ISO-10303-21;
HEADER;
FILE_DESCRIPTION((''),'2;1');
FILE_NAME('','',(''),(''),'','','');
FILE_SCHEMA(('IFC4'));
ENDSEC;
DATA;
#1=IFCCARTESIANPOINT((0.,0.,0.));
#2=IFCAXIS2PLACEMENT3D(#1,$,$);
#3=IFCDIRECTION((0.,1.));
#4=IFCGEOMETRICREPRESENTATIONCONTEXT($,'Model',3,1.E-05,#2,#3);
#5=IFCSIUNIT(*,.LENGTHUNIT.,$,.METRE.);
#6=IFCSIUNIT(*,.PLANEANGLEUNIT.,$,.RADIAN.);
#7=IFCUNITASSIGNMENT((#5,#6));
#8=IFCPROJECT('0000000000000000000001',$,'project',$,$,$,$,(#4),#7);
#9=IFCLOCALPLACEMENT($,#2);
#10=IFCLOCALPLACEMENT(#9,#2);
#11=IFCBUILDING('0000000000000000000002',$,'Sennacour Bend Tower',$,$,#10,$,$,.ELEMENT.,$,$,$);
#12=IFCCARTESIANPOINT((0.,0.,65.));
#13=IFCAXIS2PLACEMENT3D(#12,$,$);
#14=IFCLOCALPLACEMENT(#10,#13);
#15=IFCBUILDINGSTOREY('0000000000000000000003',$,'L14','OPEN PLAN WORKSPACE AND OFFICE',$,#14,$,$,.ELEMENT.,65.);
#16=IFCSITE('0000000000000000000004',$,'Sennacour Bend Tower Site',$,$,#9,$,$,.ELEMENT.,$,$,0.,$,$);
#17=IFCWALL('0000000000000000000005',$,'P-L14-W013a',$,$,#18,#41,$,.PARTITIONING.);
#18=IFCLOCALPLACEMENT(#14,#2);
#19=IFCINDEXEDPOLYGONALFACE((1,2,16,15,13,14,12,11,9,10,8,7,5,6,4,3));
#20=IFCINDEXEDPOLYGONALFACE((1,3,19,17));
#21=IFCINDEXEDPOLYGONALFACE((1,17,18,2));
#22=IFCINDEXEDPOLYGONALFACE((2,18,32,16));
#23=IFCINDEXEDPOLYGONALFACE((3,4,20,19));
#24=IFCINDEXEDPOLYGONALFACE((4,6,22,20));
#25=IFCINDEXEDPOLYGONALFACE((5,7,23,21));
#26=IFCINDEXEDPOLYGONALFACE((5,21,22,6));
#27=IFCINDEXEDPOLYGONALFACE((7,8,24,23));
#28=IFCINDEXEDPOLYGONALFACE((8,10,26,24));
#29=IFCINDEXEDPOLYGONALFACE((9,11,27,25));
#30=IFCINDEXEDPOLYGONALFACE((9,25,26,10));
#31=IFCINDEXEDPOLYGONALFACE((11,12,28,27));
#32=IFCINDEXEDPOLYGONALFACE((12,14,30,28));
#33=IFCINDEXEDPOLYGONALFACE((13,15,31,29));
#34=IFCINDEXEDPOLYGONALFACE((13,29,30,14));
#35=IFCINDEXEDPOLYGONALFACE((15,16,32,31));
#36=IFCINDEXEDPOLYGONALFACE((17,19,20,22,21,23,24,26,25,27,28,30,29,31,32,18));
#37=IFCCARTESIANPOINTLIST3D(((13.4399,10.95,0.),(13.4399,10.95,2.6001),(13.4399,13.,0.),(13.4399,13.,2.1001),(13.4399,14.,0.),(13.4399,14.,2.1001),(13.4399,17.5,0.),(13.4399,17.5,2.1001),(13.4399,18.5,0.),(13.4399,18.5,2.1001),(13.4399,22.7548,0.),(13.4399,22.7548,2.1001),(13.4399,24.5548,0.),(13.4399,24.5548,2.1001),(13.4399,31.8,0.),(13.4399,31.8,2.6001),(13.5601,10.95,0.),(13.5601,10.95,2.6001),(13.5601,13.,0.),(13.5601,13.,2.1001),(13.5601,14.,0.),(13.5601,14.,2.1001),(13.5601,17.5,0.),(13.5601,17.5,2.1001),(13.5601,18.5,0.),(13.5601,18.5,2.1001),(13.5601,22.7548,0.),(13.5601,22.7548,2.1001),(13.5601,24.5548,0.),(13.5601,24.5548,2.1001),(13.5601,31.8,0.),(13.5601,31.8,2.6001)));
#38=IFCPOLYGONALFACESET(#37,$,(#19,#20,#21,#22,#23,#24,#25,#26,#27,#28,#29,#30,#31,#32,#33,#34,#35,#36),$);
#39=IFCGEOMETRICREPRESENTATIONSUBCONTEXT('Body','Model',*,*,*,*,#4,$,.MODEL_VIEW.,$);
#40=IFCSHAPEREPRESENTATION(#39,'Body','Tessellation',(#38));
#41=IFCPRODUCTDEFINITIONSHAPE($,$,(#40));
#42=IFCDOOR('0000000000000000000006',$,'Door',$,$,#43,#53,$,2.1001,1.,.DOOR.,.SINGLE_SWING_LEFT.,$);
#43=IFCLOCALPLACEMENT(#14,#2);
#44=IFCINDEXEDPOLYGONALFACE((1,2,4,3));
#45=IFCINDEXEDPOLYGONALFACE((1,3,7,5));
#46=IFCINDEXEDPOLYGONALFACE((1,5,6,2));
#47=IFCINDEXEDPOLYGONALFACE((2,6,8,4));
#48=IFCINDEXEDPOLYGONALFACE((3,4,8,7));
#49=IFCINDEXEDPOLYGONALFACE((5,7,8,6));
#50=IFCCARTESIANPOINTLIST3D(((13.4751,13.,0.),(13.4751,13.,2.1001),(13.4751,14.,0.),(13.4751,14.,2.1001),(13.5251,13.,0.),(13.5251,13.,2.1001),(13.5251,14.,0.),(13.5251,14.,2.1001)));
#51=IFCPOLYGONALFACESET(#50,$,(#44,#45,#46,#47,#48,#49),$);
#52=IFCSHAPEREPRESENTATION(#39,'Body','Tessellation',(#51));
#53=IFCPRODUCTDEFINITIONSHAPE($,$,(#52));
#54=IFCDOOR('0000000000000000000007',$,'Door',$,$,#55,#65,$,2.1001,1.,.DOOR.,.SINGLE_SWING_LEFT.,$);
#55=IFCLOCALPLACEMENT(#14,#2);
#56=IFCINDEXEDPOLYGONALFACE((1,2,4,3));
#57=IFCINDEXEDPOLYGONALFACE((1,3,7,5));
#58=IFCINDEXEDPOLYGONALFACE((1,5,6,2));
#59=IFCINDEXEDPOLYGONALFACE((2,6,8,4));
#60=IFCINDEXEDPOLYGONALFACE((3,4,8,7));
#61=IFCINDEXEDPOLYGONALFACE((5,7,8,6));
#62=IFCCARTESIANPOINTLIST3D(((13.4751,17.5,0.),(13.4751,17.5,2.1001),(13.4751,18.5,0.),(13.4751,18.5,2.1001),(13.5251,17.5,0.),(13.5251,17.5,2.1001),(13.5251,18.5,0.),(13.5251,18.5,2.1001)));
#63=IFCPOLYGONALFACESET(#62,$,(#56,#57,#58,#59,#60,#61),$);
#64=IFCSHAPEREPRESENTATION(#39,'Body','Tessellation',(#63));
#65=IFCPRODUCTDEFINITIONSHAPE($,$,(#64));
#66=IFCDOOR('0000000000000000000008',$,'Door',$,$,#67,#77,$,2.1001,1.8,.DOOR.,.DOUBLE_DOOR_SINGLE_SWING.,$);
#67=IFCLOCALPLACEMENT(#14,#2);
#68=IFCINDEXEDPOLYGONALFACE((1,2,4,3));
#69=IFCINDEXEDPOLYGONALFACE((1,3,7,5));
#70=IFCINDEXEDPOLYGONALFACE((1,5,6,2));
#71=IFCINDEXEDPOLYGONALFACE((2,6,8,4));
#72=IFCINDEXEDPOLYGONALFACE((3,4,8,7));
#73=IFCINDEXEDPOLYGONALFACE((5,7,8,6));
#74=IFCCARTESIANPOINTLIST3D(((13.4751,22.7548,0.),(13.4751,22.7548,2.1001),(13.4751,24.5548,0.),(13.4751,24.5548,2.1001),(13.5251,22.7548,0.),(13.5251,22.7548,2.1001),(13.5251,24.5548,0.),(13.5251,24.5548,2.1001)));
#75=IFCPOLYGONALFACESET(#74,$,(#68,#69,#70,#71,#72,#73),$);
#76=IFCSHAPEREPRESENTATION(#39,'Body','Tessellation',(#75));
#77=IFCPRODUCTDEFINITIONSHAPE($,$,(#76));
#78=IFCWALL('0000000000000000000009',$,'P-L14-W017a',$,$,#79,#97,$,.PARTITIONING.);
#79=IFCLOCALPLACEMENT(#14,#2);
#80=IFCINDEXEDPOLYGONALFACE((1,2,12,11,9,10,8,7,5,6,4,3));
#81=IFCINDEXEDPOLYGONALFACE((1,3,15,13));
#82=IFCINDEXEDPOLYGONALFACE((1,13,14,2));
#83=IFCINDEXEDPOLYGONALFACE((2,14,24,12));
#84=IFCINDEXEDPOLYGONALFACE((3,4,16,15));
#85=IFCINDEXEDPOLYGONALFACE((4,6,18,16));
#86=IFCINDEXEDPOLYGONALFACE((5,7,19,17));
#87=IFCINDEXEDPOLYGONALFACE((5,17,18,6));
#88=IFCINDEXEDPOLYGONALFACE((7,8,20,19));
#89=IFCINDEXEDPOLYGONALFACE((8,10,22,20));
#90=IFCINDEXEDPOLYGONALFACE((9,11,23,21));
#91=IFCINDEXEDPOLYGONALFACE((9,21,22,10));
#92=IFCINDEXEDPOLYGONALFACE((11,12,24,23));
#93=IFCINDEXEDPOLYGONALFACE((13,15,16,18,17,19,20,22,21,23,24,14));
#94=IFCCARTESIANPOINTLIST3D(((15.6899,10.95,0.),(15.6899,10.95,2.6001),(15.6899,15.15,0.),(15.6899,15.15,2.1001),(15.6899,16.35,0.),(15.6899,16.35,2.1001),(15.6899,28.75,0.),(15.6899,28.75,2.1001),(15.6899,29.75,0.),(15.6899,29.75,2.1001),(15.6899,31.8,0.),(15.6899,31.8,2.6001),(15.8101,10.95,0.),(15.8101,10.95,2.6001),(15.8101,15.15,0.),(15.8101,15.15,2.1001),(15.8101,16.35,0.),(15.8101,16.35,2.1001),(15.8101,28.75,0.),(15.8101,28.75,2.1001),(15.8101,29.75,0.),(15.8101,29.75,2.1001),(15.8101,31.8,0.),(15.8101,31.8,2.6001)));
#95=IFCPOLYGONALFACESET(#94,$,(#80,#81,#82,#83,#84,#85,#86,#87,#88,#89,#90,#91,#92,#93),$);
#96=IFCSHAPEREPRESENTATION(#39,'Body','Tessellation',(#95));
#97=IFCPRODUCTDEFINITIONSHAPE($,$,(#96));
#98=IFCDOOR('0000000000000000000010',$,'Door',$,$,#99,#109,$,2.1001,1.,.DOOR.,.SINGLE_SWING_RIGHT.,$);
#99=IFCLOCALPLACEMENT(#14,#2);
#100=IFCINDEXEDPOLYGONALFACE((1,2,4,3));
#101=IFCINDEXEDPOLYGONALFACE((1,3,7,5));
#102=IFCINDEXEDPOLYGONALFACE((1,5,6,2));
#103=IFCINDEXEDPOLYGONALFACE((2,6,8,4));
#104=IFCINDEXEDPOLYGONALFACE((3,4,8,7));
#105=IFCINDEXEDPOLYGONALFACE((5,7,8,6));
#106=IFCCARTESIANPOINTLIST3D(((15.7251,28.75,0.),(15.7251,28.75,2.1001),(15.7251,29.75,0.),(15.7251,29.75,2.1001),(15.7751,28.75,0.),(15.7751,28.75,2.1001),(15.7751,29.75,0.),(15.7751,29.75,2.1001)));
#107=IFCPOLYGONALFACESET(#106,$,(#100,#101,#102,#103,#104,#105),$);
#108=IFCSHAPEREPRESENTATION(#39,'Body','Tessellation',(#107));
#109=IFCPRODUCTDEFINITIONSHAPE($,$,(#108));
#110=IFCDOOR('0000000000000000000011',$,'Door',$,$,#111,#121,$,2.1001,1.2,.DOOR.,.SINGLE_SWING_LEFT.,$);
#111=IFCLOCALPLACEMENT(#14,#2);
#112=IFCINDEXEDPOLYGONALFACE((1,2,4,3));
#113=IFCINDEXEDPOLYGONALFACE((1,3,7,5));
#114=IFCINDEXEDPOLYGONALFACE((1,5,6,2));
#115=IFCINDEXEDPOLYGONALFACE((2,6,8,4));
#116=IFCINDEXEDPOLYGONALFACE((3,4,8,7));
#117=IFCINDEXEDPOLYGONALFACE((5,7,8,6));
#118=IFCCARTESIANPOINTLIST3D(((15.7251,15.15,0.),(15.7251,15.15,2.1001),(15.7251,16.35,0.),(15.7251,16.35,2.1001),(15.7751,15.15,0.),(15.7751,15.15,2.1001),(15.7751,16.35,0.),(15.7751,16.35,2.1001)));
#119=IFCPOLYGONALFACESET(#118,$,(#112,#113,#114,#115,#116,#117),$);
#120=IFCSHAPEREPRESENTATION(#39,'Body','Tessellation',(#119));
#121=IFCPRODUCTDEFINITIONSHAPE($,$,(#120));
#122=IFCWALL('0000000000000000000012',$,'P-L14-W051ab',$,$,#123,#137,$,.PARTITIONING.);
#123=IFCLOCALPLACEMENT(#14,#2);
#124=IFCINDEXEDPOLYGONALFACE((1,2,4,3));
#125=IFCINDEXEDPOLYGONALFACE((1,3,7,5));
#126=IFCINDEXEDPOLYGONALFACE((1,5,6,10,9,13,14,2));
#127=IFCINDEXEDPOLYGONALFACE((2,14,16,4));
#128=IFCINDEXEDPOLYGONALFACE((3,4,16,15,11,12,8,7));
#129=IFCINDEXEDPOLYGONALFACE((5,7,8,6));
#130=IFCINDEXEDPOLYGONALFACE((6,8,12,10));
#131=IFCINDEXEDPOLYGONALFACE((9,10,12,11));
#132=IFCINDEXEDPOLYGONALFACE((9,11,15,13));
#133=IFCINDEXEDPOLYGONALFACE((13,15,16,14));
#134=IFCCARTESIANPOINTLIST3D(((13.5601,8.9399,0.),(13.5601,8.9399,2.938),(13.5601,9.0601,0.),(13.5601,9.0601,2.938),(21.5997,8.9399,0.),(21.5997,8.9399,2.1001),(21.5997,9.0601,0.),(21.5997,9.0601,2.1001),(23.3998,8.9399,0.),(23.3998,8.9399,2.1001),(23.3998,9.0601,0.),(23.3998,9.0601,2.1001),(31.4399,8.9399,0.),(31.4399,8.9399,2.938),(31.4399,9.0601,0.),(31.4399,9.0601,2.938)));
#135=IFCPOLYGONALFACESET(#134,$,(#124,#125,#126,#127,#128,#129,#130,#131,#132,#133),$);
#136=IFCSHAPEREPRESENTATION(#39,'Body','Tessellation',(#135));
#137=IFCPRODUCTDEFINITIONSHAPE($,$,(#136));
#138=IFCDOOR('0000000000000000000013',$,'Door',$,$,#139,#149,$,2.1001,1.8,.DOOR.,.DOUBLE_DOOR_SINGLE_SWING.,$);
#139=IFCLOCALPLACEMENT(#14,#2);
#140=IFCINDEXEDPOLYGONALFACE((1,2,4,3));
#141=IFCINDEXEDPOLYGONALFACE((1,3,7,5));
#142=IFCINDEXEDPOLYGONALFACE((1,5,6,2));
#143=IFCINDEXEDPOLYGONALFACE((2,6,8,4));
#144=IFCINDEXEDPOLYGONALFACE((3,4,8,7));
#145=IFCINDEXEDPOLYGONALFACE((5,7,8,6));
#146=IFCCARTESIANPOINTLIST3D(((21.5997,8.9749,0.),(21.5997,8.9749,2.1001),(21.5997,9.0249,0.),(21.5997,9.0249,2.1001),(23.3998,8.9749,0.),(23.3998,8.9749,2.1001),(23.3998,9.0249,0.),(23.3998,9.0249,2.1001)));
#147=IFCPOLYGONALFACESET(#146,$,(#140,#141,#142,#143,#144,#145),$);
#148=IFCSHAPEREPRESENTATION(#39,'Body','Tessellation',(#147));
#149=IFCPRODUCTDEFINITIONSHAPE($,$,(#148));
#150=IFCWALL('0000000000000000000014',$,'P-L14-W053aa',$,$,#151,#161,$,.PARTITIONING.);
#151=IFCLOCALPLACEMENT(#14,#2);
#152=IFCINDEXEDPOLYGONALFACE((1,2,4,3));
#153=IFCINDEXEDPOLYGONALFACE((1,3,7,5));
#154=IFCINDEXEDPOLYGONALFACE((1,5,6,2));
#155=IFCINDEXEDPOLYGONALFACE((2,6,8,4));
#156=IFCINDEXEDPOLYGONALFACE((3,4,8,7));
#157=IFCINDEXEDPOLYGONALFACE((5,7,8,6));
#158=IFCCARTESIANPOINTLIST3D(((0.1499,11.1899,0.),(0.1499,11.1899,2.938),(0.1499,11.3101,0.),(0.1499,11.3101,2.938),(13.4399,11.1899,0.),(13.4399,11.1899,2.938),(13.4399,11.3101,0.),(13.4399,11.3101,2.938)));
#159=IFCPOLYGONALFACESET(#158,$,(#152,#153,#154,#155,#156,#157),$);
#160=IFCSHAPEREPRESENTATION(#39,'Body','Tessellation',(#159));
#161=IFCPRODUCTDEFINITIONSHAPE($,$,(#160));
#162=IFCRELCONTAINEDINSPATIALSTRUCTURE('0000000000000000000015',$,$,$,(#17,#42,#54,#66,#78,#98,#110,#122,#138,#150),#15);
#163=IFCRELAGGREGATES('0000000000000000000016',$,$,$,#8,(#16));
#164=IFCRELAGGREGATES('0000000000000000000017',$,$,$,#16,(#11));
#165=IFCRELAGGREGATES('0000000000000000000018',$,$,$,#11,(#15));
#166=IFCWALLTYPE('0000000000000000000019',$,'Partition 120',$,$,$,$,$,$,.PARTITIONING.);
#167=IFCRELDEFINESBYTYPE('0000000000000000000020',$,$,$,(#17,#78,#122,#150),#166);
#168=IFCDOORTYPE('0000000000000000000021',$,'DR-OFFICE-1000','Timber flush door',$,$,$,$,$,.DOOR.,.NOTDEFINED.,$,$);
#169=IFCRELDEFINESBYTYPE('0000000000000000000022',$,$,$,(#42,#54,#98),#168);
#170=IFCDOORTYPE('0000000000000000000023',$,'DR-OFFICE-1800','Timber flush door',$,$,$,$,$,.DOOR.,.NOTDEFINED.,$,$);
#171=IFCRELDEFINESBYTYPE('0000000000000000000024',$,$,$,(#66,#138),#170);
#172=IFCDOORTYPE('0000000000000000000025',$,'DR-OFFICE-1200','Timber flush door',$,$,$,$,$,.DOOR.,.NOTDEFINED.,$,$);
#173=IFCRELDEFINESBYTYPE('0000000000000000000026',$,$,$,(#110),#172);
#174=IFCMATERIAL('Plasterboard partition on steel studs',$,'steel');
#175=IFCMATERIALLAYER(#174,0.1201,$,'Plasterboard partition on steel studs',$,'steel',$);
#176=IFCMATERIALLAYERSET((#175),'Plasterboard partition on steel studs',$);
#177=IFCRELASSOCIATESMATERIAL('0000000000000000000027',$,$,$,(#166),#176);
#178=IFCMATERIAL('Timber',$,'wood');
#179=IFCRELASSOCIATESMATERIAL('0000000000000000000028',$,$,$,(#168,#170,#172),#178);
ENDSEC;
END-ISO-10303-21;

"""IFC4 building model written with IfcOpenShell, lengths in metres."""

from ifc_helpers import new_model, si_unit, direction, frame, frame_2d, origin, place, context, subcontext, project, spatial, rectangle, extrude, material, layer, layer_set, type_object, element, fill, save


model = new_model("IFC4")

# Units and contexts
model_context = context("Model", 3, precision=1e-05, world=origin(), true_north=direction((0.0, 1.0)))
body_context = subcontext(model_context, "Body", "Model", "MODEL_VIEW")
ifc_project = project(units=[si_unit("LENGTHUNIT", "METRE"), si_unit("PLANEANGLEUNIT", "RADIAN")], contexts=[model_context])

# Site, building, storey
site_placement = place(None, origin())
site = spatial("IfcSite", under=ifc_project, at=site_placement, Name="Sennacour Bend Tower Site", CompositionType="ELEMENT", RefElevation=0.0)
building_placement = place(site_placement, origin())
building = spatial("IfcBuilding", under=site, at=building_placement, Name="Sennacour Bend Tower", CompositionType="ELEMENT")
storey_placement = place(building_placement, frame((0.0, 0.0, 65.0)))
storey = spatial("IfcBuildingStorey", under=building, at=storey_placement, Name="L14", Description="OPEN PLAN WORKSPACE AND OFFICE", CompositionType="ELEMENT", Elevation=65.0)

# Walls, openings, doors
ifc_material_1 = material(Name="Plasterboard partition on steel studs", Category="steel")
ifc_layer_1 = layer(ifc_material_1, 0.1201, Name="Plasterboard partition on steel studs", Category="steel")
ifc_layer_set_1 = layer_set([ifc_layer_1], Name="Plasterboard partition on steel studs")
wall_type_1 = type_object("IfcWallType", Name="Partition 120", PredefinedType="PARTITIONING", material=ifc_layer_set_1)
wall_1_placement = place(storey_placement, frame((13.5, 10.95, 0.0), z_axis=(0.0, 0.0, 1.0), x_axis=(0.0, 1.0, 0.0)))
wall_1 = element("IfcWall", 1, at=wall_1_placement, inside=storey, type_object=wall_type_1, Name="P-L14-W013a", PredefinedType="PARTITIONING", context=body_context, shape_type="SweptSolid", body=[
    extrude(rectangle(XDim=20.8501, YDim=0.1201, at=frame_2d((10.425, 0.0))), origin(), (0.0, 0.0, 1.0), 2.6001),
])
opening_1_placement = place(wall_1_placement, frame((2.05, 0.0, 0.0)))
opening_1 = element("IfcOpeningElement", 2, at=opening_1_placement, cuts=wall_1, PredefinedType="OPENING", context=body_context, shape_type="SweptSolid", body=[
    extrude(rectangle(XDim=1.0, YDim=2.1001, at=frame_2d((0.5, 1.05))), frame((0.0, 0.0701, 0.0), z_axis=(0.0, -1.0, 0.0), x_axis=(1.0, 0.0, 0.0)), (0.0, 0.0, 1.0), 0.1401),
])
opening_2_placement = place(wall_1_placement, frame((6.55, 0.0, 0.0)))
opening_2 = element("IfcOpeningElement", 3, at=opening_2_placement, cuts=wall_1, PredefinedType="OPENING", context=body_context, shape_type="SweptSolid", body=[
    extrude(rectangle(XDim=1.0, YDim=2.1001, at=frame_2d((0.5, 1.05))), frame((0.0, 0.0701, 0.0), z_axis=(0.0, -1.0, 0.0), x_axis=(1.0, 0.0, 0.0)), (0.0, 0.0, 1.0), 0.1401),
])
opening_3_placement = place(wall_1_placement, frame((11.8049, 0.0, 0.0)))
opening_3 = element("IfcOpeningElement", 4, at=opening_3_placement, cuts=wall_1, PredefinedType="OPENING", context=body_context, shape_type="SweptSolid", body=[
    extrude(rectangle(XDim=1.8, YDim=2.1001, at=frame_2d((0.8999, 1.05))), frame((0.0, 0.0701, 0.0), z_axis=(0.0, -1.0, 0.0), x_axis=(1.0, 0.0, 0.0)), (0.0, 0.0, 1.0), 0.1401),
])
ifc_material_2 = material(Name="Timber", Category="wood")
door_type_1 = type_object("IfcDoorType", Name="DR-OFFICE-1000", Description="Timber flush door", OperationType="NOTDEFINED", PredefinedType="DOOR", material=ifc_material_2)
door_1_placement = place(opening_1_placement, origin())
door_1 = element("IfcDoor", 5, at=door_1_placement, inside=storey, type_object=door_type_1, Name="Door", OperationType="SINGLE_SWING_LEFT", OverallHeight=2.1001, OverallWidth=1.0, PredefinedType="DOOR", context=body_context, shape_type="SweptSolid", body=[
    extrude(rectangle(XDim=1.0, YDim=2.1001, at=frame_2d((0.5, 1.05))), frame((0.0, 0.0249, 0.0), z_axis=(0.0, -1.0, 0.0), x_axis=(1.0, 0.0, 0.0)), (0.0, 0.0, 1.0), 0.05),
])
fill(opening_1, door_1)
door_2_placement = place(opening_2_placement, origin())
door_2 = element("IfcDoor", 6, at=door_2_placement, inside=storey, type_object=door_type_1, Name="Door", OperationType="SINGLE_SWING_LEFT", OverallHeight=2.1001, OverallWidth=1.0, PredefinedType="DOOR", context=body_context, shape_type="SweptSolid", body=[
    extrude(rectangle(XDim=1.0, YDim=2.1001, at=frame_2d((0.5, 1.05))), frame((0.0, 0.0249, 0.0), z_axis=(0.0, -1.0, 0.0), x_axis=(1.0, 0.0, 0.0)), (0.0, 0.0, 1.0), 0.05),
])
fill(opening_2, door_2)
door_type_2 = type_object("IfcDoorType", Name="DR-OFFICE-1800", Description="Timber flush door", OperationType="NOTDEFINED", PredefinedType="DOOR", material=ifc_material_2)
door_3_placement = place(opening_3_placement, origin())
door_3 = element("IfcDoor", 7, at=door_3_placement, inside=storey, type_object=door_type_2, Name="Door", OperationType="DOUBLE_DOOR_SINGLE_SWING", OverallHeight=2.1001, OverallWidth=1.8, PredefinedType="DOOR", context=body_context, shape_type="SweptSolid", body=[
    extrude(rectangle(XDim=1.8, YDim=2.1001, at=frame_2d((0.8999, 1.05))), frame((0.0, 0.0249, 0.0), z_axis=(0.0, -1.0, 0.0), x_axis=(1.0, 0.0, 0.0)), (0.0, 0.0, 1.0), 0.05),
])
fill(opening_3, door_3)
wall_2_placement = place(storey_placement, frame((15.75, 10.95, 0.0), z_axis=(0.0, 0.0, 1.0), x_axis=(0.0, 1.0, 0.0)))
wall_2 = element("IfcWall", 8, at=wall_2_placement, inside=storey, type_object=wall_type_1, Name="P-L14-W017a", PredefinedType="PARTITIONING", context=body_context, shape_type="SweptSolid", body=[
    extrude(rectangle(XDim=20.8501, YDim=0.1201, at=frame_2d((10.425, 0.0))), origin(), (0.0, 0.0, 1.0), 2.6001),
])
opening_4_placement = place(wall_2_placement, frame((17.8, 0.0, 0.0)))
opening_4 = element("IfcOpeningElement", 9, at=opening_4_placement, cuts=wall_2, PredefinedType="OPENING", context=body_context, shape_type="SweptSolid", body=[
    extrude(rectangle(XDim=1.0, YDim=2.1001, at=frame_2d((0.5, 1.05))), frame((0.0, 0.0701, 0.0), z_axis=(0.0, -1.0, 0.0), x_axis=(1.0, 0.0, 0.0)), (0.0, 0.0, 1.0), 0.1401),
])
opening_5_placement = place(wall_2_placement, frame((4.2, 0.0, 0.0)))
opening_5 = element("IfcOpeningElement", 10, at=opening_5_placement, cuts=wall_2, PredefinedType="OPENING", context=body_context, shape_type="SweptSolid", body=[
    extrude(rectangle(XDim=1.2, YDim=2.1001, at=frame_2d((0.6001, 1.05))), frame((0.0, 0.0701, 0.0), z_axis=(0.0, -1.0, 0.0), x_axis=(1.0, 0.0, 0.0)), (0.0, 0.0, 1.0), 0.1401),
])
door_4_placement = place(opening_4_placement, origin())
door_4 = element("IfcDoor", 11, at=door_4_placement, inside=storey, type_object=door_type_1, Name="Door", OperationType="SINGLE_SWING_RIGHT", OverallHeight=2.1001, OverallWidth=1.0, PredefinedType="DOOR", context=body_context, shape_type="SweptSolid", body=[
    extrude(rectangle(XDim=1.0, YDim=2.1001, at=frame_2d((0.5, 1.05))), frame((0.0, 0.0249, 0.0), z_axis=(0.0, -1.0, 0.0), x_axis=(1.0, 0.0, 0.0)), (0.0, 0.0, 1.0), 0.05),
])
fill(opening_4, door_4)
door_type_3 = type_object("IfcDoorType", Name="DR-OFFICE-1200", Description="Timber flush door", OperationType="NOTDEFINED", PredefinedType="DOOR", material=ifc_material_2)
door_5_placement = place(opening_5_placement, origin())
door_5 = element("IfcDoor", 12, at=door_5_placement, inside=storey, type_object=door_type_3, Name="Door", OperationType="SINGLE_SWING_LEFT", OverallHeight=2.1001, OverallWidth=1.2, PredefinedType="DOOR", context=body_context, shape_type="SweptSolid", body=[
    extrude(rectangle(XDim=1.2, YDim=2.1001, at=frame_2d((0.6001, 1.05))), frame((0.0, 0.0249, 0.0), z_axis=(0.0, -1.0, 0.0), x_axis=(1.0, 0.0, 0.0)), (0.0, 0.0, 1.0), 0.05),
])
fill(opening_5, door_5)

# Wall, opening, door
wall_3_placement = place(storey_placement, frame((13.5601, 9.0, 0.0), z_axis=(0.0, 0.0, 1.0), x_axis=(1.0, 0.0, 0.0)))
wall_3 = element("IfcWall", 13, at=wall_3_placement, inside=storey, type_object=wall_type_1, Name="P-L14-W051ab", PredefinedType="PARTITIONING", context=body_context, shape_type="SweptSolid", body=[
    extrude(rectangle(XDim=17.8799, YDim=0.1201, at=frame_2d((8.9399, 0.0))), origin(), (0.0, 0.0, 1.0), 2.938),
])
opening_6_placement = place(wall_3_placement, frame((8.0398, 0.0, 0.0)))
opening_6 = element("IfcOpeningElement", 14, at=opening_6_placement, cuts=wall_3, PredefinedType="OPENING", context=body_context, shape_type="SweptSolid", body=[
    extrude(rectangle(XDim=1.8, YDim=2.1001, at=frame_2d((0.8999, 1.05))), frame((0.0, 0.0701, 0.0), z_axis=(0.0, -1.0, 0.0), x_axis=(1.0, 0.0, 0.0)), (0.0, 0.0, 1.0), 0.1401),
])
door_6_placement = place(opening_6_placement, origin())
door_6 = element("IfcDoor", 15, at=door_6_placement, inside=storey, type_object=door_type_2, Name="Door", OperationType="DOUBLE_DOOR_SINGLE_SWING", OverallHeight=2.1001, OverallWidth=1.8, PredefinedType="DOOR", context=body_context, shape_type="SweptSolid", body=[
    extrude(rectangle(XDim=1.8, YDim=2.1001, at=frame_2d((0.8999, 1.05))), frame((0.0, 0.0249, 0.0), z_axis=(0.0, -1.0, 0.0), x_axis=(1.0, 0.0, 0.0)), (0.0, 0.0, 1.0), 0.05),
])
fill(opening_6, door_6)

# Wall
wall_4_placement = place(storey_placement, frame((0.1499, 11.25, 0.0), z_axis=(0.0, 0.0, 1.0), x_axis=(1.0, 0.0, 0.0)))
element("IfcWall", 16, at=wall_4_placement, inside=storey, type_object=wall_type_1, Name="P-L14-W053aa", PredefinedType="PARTITIONING", context=body_context, shape_type="SweptSolid", body=[
    extrude(rectangle(XDim=13.29, YDim=0.1201, at=frame_2d((6.645, 0.0))), origin(), (0.0, 0.0, 1.0), 2.938),
])

save(model, "model.ifc")
